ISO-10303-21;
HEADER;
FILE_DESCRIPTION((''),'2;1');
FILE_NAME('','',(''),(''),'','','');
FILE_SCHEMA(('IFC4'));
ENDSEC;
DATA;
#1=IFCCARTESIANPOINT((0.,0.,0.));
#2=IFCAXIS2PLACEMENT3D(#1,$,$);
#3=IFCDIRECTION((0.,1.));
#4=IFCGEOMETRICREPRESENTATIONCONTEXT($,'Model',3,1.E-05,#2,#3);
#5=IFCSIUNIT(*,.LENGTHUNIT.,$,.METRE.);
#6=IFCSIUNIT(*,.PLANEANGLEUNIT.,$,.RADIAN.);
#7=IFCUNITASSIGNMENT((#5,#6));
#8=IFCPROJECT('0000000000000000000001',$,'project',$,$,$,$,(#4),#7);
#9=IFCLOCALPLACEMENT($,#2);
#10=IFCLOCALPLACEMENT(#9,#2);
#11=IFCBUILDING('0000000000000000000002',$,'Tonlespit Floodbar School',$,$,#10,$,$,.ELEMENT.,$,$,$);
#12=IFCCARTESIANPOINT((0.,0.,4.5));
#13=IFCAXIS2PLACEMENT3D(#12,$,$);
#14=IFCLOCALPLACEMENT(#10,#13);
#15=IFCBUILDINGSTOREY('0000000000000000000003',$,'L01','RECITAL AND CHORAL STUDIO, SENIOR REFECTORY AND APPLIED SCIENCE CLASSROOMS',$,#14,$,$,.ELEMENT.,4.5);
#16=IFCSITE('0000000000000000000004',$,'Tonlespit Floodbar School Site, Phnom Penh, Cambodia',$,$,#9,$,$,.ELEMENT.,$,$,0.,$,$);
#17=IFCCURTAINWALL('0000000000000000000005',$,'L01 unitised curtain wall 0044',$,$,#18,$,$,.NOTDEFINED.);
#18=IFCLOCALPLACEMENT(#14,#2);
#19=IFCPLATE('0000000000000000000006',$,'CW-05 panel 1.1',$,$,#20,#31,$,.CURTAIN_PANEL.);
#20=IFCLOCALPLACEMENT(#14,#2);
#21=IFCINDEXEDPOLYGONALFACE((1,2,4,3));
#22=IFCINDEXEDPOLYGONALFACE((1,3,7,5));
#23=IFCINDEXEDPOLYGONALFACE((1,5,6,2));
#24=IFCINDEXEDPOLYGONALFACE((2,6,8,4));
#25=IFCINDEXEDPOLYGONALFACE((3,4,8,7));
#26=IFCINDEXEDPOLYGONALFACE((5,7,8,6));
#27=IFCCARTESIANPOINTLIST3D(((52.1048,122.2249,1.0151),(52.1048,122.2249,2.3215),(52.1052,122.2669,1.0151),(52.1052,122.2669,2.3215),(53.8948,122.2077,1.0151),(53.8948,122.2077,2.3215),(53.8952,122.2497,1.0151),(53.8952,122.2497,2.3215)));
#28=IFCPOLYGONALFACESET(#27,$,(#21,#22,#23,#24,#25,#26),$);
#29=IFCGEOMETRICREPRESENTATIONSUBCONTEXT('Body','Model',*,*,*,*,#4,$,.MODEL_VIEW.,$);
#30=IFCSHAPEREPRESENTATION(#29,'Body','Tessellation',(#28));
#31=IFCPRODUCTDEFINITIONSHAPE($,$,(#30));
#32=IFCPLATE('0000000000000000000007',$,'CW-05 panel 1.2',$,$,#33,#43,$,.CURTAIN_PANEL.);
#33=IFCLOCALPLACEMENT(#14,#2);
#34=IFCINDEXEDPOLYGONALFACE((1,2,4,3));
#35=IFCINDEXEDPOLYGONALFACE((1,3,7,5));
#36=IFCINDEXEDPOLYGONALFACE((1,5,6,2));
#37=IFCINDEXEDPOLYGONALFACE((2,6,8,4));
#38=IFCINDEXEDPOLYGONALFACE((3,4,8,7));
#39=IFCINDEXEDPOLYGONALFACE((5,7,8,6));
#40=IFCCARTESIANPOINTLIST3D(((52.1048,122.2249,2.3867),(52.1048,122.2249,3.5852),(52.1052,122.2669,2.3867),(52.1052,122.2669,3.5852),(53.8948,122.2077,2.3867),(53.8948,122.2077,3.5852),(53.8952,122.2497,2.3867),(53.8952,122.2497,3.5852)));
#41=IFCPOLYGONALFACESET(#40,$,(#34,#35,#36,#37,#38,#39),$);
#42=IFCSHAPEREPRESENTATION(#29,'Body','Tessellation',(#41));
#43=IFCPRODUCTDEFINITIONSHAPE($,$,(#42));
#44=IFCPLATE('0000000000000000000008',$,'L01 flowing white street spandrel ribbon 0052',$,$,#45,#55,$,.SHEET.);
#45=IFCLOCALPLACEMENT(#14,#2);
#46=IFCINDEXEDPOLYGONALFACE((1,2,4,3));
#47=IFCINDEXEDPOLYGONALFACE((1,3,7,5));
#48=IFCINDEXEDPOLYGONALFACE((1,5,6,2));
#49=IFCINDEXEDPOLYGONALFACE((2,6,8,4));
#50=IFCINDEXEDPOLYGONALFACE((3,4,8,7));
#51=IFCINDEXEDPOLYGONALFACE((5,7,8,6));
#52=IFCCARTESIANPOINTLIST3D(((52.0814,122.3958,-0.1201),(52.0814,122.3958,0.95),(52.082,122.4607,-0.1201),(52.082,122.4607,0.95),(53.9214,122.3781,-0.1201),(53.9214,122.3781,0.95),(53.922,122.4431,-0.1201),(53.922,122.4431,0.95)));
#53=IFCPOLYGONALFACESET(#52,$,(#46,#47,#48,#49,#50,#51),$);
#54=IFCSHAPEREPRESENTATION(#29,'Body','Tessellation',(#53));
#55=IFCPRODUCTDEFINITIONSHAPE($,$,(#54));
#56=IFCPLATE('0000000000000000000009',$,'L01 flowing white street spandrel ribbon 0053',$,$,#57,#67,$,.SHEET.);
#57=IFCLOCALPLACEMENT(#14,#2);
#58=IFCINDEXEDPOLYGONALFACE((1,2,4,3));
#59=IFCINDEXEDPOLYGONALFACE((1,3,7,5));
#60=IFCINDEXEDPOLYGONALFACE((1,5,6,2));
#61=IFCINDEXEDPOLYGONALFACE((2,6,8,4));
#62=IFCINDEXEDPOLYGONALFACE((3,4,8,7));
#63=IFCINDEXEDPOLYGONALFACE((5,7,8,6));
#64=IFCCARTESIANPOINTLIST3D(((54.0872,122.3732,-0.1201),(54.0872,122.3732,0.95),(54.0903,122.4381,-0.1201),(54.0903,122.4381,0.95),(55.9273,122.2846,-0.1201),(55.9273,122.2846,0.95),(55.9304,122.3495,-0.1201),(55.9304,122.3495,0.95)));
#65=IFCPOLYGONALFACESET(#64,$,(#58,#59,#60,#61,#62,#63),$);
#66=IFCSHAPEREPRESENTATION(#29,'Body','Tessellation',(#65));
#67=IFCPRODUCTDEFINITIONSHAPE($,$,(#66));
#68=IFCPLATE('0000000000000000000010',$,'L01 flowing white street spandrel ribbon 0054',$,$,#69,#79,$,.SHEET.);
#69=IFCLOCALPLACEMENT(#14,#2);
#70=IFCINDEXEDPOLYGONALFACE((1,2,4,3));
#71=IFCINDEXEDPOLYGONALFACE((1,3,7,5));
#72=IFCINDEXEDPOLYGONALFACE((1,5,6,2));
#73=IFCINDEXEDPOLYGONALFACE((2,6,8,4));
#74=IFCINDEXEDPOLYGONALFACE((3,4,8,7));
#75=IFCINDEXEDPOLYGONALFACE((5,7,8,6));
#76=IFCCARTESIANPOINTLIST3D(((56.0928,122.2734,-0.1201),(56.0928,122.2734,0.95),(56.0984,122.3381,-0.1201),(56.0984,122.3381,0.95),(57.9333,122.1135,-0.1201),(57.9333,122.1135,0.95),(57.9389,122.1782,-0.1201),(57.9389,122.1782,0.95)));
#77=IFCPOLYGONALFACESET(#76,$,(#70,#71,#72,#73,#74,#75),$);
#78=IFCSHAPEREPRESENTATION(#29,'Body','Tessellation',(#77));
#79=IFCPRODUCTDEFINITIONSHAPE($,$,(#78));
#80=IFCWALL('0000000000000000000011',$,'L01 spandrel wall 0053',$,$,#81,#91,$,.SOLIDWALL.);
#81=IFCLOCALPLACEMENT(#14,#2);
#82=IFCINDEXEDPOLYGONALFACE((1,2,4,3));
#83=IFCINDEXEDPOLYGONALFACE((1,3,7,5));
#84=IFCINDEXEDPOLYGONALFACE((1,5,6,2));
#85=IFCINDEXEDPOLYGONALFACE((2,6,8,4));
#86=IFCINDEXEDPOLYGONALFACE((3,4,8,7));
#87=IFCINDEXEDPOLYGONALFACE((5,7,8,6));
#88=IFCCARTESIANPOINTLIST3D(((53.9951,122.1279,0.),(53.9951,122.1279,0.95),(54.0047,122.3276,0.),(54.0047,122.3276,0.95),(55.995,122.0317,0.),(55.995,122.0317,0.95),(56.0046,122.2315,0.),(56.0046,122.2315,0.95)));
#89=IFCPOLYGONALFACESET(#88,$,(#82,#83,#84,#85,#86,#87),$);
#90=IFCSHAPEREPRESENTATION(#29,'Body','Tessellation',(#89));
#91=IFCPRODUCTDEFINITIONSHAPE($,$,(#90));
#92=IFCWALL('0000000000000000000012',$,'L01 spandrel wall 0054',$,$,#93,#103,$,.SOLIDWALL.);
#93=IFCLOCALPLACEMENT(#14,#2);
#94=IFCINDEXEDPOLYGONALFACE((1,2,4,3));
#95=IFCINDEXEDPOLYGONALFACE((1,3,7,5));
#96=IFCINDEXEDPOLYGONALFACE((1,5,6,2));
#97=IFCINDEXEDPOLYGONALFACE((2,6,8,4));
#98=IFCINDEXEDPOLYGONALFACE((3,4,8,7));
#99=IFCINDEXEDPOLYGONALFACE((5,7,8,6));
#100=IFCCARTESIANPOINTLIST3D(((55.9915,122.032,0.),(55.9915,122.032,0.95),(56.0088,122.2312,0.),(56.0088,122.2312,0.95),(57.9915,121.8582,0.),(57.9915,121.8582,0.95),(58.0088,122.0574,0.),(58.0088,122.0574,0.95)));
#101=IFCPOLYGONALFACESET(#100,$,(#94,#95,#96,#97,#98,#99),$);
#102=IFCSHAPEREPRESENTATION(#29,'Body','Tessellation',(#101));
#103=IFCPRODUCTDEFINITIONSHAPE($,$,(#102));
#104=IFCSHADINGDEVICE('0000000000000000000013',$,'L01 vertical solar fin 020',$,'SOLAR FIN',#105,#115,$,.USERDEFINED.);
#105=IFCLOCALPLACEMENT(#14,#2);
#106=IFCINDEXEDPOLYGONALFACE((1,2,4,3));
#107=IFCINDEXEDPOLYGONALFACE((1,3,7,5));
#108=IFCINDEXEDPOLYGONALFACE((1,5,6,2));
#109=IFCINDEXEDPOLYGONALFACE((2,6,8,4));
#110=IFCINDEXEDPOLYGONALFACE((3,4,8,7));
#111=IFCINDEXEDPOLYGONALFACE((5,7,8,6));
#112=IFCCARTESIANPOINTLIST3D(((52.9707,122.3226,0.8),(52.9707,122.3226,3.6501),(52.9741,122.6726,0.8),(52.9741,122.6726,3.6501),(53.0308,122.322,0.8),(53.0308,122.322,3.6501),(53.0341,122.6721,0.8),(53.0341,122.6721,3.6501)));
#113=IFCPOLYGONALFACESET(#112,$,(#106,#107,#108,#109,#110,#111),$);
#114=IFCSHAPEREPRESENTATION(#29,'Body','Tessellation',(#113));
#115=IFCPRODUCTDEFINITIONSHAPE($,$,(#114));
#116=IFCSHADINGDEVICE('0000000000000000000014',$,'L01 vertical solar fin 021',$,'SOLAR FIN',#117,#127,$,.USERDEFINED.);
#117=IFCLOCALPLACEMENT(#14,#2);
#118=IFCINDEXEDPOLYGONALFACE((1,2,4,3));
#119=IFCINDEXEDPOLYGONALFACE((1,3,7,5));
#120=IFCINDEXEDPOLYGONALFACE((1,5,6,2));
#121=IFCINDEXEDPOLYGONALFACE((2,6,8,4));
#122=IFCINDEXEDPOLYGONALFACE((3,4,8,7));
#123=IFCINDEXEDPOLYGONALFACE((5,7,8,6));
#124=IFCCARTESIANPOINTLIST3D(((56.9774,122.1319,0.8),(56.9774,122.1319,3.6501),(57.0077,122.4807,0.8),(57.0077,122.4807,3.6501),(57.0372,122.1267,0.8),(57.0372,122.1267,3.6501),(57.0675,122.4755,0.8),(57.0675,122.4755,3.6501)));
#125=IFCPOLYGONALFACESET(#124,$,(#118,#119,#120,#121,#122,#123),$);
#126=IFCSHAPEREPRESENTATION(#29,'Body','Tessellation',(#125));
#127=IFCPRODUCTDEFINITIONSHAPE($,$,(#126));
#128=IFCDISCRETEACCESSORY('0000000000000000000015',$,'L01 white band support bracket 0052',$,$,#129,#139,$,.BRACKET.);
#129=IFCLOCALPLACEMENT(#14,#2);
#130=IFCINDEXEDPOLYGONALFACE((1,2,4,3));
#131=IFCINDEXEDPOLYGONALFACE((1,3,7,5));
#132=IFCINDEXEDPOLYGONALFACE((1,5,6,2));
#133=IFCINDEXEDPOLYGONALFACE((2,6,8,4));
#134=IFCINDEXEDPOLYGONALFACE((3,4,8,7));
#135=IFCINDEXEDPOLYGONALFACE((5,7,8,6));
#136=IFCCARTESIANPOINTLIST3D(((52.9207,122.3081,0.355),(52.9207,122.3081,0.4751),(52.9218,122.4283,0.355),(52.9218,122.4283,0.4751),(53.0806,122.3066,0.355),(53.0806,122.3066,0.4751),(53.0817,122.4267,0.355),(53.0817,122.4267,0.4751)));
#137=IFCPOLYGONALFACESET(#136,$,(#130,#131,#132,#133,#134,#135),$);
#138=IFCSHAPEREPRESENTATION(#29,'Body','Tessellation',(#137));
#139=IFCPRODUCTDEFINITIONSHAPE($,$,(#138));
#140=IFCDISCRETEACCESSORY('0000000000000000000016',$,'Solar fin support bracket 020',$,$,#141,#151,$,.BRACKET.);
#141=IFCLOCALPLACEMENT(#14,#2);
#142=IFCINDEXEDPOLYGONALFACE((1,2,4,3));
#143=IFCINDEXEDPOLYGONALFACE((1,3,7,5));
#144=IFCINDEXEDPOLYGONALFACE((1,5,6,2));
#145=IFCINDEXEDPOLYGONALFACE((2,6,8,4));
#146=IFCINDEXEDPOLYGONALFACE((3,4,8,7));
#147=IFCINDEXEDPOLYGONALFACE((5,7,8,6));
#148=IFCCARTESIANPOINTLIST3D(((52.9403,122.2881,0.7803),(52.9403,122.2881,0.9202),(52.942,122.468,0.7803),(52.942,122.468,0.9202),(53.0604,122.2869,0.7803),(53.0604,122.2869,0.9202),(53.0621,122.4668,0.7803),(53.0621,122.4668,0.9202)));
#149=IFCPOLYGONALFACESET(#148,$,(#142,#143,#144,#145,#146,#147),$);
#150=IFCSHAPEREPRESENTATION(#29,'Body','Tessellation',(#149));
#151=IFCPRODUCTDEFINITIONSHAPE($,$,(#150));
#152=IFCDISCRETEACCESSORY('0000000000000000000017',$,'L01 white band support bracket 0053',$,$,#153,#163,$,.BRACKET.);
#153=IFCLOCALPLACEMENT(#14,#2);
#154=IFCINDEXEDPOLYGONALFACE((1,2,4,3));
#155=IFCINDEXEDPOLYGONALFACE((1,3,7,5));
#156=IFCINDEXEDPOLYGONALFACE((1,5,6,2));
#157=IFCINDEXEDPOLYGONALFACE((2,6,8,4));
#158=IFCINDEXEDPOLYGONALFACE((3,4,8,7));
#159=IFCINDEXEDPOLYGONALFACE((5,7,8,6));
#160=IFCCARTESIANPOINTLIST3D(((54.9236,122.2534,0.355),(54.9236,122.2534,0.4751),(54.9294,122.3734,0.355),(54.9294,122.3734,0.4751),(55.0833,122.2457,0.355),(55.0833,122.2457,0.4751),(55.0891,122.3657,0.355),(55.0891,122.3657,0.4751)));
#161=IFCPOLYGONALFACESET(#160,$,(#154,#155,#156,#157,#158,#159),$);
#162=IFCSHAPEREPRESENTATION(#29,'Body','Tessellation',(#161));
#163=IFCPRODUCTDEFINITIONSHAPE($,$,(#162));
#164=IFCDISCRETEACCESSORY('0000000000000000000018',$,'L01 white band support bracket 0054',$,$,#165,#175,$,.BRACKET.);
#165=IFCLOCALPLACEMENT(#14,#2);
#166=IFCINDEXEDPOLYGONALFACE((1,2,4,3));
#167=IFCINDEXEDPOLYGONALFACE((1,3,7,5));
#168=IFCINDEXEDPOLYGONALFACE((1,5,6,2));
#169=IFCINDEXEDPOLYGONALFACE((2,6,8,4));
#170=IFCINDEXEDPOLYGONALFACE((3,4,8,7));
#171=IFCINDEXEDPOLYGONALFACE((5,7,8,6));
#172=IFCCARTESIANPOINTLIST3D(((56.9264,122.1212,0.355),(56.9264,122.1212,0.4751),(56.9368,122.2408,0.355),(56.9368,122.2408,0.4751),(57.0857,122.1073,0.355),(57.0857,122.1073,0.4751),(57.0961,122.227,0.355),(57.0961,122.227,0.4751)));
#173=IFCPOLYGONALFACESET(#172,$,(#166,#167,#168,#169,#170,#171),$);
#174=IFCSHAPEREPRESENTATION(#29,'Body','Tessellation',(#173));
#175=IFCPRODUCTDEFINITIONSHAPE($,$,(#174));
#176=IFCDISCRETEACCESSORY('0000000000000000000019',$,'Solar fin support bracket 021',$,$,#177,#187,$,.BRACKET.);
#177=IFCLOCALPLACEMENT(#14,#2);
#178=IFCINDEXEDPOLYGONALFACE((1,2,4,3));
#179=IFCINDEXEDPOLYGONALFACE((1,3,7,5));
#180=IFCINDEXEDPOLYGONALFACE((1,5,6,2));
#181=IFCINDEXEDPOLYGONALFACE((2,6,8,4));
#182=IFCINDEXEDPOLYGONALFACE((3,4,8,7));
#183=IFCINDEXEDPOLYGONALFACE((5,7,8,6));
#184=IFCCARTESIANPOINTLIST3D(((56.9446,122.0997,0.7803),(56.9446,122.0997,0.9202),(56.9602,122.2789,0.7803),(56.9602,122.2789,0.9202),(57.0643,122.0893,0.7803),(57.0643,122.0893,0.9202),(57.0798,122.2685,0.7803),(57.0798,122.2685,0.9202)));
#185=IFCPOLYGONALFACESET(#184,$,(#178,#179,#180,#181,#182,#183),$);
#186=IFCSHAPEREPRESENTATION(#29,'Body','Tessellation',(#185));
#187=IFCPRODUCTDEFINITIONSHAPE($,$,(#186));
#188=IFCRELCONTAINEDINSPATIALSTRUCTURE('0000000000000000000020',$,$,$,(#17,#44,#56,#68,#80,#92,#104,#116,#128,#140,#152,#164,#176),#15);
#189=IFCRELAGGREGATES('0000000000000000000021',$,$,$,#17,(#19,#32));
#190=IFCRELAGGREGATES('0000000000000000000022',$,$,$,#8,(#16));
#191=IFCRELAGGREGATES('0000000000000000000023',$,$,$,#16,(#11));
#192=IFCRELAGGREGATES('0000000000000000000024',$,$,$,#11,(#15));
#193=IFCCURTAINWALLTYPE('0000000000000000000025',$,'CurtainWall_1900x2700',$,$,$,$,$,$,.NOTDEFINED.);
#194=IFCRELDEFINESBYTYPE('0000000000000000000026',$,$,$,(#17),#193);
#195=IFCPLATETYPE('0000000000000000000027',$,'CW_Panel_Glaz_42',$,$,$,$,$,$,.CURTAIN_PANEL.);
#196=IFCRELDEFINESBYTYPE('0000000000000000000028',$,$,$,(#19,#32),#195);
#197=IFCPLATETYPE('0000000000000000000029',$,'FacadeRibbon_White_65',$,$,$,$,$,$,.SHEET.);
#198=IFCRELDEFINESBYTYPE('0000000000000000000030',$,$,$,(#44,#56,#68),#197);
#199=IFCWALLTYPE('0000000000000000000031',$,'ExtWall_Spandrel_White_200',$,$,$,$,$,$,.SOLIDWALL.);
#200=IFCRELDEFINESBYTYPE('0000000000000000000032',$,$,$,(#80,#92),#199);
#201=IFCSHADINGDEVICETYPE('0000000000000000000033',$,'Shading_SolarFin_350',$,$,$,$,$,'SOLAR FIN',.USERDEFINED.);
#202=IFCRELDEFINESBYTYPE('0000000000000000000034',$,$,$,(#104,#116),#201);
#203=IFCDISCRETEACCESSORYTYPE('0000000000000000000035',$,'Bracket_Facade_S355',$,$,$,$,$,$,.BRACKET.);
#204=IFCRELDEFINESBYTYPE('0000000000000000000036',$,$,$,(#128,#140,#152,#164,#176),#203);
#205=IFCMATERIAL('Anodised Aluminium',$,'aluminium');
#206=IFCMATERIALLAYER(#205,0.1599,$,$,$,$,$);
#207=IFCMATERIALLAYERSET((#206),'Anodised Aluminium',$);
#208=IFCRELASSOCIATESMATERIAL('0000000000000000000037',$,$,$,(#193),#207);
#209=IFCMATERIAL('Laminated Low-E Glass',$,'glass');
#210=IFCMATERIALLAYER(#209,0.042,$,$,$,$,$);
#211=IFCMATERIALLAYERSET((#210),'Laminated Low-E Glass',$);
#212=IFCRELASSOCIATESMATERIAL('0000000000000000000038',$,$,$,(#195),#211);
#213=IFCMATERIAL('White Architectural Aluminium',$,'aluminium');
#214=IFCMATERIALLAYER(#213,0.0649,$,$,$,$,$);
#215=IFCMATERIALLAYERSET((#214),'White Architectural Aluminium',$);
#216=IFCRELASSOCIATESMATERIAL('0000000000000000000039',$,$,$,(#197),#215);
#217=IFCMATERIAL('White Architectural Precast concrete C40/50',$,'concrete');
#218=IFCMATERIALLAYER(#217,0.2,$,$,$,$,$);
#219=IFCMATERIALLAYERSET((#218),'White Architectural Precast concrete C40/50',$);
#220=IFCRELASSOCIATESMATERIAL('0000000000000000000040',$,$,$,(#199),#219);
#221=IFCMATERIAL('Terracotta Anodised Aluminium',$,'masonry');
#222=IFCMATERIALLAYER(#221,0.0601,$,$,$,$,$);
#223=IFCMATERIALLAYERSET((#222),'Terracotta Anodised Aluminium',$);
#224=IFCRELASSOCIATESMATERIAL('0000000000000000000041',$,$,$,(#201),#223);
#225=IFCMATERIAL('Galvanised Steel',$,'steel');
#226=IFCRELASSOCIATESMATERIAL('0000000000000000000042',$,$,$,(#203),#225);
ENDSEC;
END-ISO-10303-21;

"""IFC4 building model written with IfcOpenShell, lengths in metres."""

from ifc_helpers import new_model, si_unit, direction, frame, frame_2d, origin, origin_2d, place, context, subcontext, project, spatial, rectangle, extrude, material, layer, layer_set, type_object, element, aggregate, save


model = new_model("IFC4")

# Units and contexts
model_context = context("Model", 3, precision=1e-05, world=origin(), true_north=direction((0.0, 1.0)))
body_context = subcontext(model_context, "Body", "Model", "MODEL_VIEW")
ifc_project = project(units=[si_unit("LENGTHUNIT", "METRE"), si_unit("PLANEANGLEUNIT", "RADIAN")], contexts=[model_context])

# Site, building, storey
site_placement = place(None, origin())
site = spatial("IfcSite", under=ifc_project, at=site_placement, Name="Tonlespit Floodbar School Site, Phnom Penh, Cambodia", CompositionType="ELEMENT", RefElevation=0.0)
building_placement = place(site_placement, origin())
building = spatial("IfcBuilding", under=site, at=building_placement, Name="Tonlespit Floodbar School", CompositionType="ELEMENT")
storey_placement = place(building_placement, frame((0.0, 0.0, 4.5)))
storey = spatial("IfcBuildingStorey", under=building, at=storey_placement, Name="L01", Description="RECITAL AND CHORAL STUDIO, SENIOR REFECTORY AND APPLIED SCIENCE CLASSROOMS", CompositionType="ELEMENT", Elevation=4.5)

# Curtain wall
ifc_material_1 = material(Name="Anodised Aluminium", Category="aluminium")
ifc_layer_1 = layer(ifc_material_1, 0.1599)
ifc_layer_set_1 = layer_set([ifc_layer_1], Name="Anodised Aluminium")
curtain_wall_type_1 = type_object("IfcCurtainWallType", Name="CurtainWall_1900x2700", PredefinedType="NOTDEFINED", material=ifc_layer_set_1)
curtain_wall_1_placement = place(storey_placement, origin())
curtain_wall_1 = element("IfcCurtainWall", 1, at=curtain_wall_1_placement, inside=storey, type_object=curtain_wall_type_1, Name="L01 unitised curtain wall 0044", PredefinedType="NOTDEFINED")

# Plates
ifc_material_2 = material(Name="Laminated Low-E Glass", Category="glass")
ifc_layer_2 = layer(ifc_material_2, 0.042)
ifc_layer_set_2 = layer_set([ifc_layer_2], Name="Laminated Low-E Glass")
plate_type_1 = type_object("IfcPlateType", Name="CW_Panel_Glaz_42", PredefinedType="CURTAIN_PANEL", material=ifc_layer_set_2)
plate_1_placement = place(storey_placement, frame((53.0, 122.2373, 1.0151), z_axis=(0.0, 0.0, 1.0), x_axis=(0.999954, -0.009583, 0.0)))
plate_1 = element("IfcPlate", 2, at=plate_1_placement, type_object=plate_type_1, Name="CW-05 panel 1.1", PredefinedType="CURTAIN_PANEL", context=body_context, shape_type="SweptSolid", body=[
    extrude(rectangle(XDim=1.79, YDim=0.042, at=origin_2d()), origin(), (0.0, 0.0, 1.0), 1.3064),
])
plate_2_placement = place(storey_placement, frame((53.0, 122.2373, 2.3867), z_axis=(0.0, 0.0, 1.0), x_axis=(0.999954, -0.009583, 0.0)))
plate_2 = element("IfcPlate", 3, at=plate_2_placement, type_object=plate_type_1, Name="CW-05 panel 1.2", PredefinedType="CURTAIN_PANEL", context=body_context, shape_type="SweptSolid", body=[
    extrude(rectangle(XDim=1.79, YDim=0.042, at=origin_2d()), origin(), (0.0, 0.0, 1.0), 1.1985),
])
aggregate(curtain_wall_1, [plate_1, plate_2])

# Plates
ifc_material_3 = material(Name="White Architectural Aluminium", Category="aluminium")
ifc_layer_3 = layer(ifc_material_3, 0.0649)
ifc_layer_set_3 = layer_set([ifc_layer_3], Name="White Architectural Aluminium")
plate_type_2 = type_object("IfcPlateType", Name="FacadeRibbon_White_65", PredefinedType="SHEET", material=ifc_layer_set_3)
plate_3_placement = place(storey_placement, frame((53.0017, 122.4194, -0.1201), z_axis=(0.0, 0.0, 1.0), x_axis=(0.999954, -0.009599, 0.0)))
element("IfcPlate", 4, at=plate_3_placement, inside=storey, type_object=plate_type_2, Name="L01 flowing white street spandrel ribbon 0052", PredefinedType="SHEET", context=body_context, shape_type="SweptSolid", body=[
    extrude(rectangle(XDim=1.8401, YDim=0.0649, at=origin_2d()), origin(), (0.0, 0.0, 1.0), 1.0701),
])
plate_4_placement = place(storey_placement, frame((55.0088, 122.3613, -0.1201), z_axis=(0.0, 0.0, 1.0), x_axis=(0.998843, -0.048095, 0.0)))
element("IfcPlate", 5, at=plate_4_placement, inside=storey, type_object=plate_type_2, Name="L01 flowing white street spandrel ribbon 0053", PredefinedType="SHEET", context=body_context, shape_type="SweptSolid", body=[
    extrude(rectangle(XDim=1.8423, YDim=0.0649, at=origin_2d()), origin(), (0.0, 0.0, 1.0), 1.0701),
])
plate_5_placement = place(storey_placement, frame((57.0159, 122.2258, -0.1201), z_axis=(0.0, 0.0, 1.0), x_axis=(0.996245, -0.086573, 0.0)))
element("IfcPlate", 6, at=plate_5_placement, inside=storey, type_object=plate_type_2, Name="L01 flowing white street spandrel ribbon 0054", PredefinedType="SHEET", context=body_context, shape_type="SweptSolid", body=[
    extrude(rectangle(XDim=1.8474, YDim=0.0649, at=origin_2d()), origin(), (0.0, 0.0, 1.0), 1.0701),
])

# Walls
ifc_material_4 = material(Name="White Architectural Precast concrete C40/50", Category="concrete")
ifc_layer_4 = layer(ifc_material_4, 0.2)
ifc_layer_set_4 = layer_set([ifc_layer_4], Name="White Architectural Precast concrete C40/50")
wall_type = type_object("IfcWallType", Name="ExtWall_Spandrel_White_200", PredefinedType="SOLIDWALL", material=ifc_layer_set_4)
wall_1_placement = place(storey_placement, frame((54.0, 122.2278, 0.0), z_axis=(0.0, 0.0, 1.0), x_axis=(0.998845, -0.04804, 0.0)))
element("IfcWall", 7, at=wall_1_placement, inside=storey, type_object=wall_type, Name="L01 spandrel wall 0053", PredefinedType="SOLIDWALL", context=body_context, shape_type="SweptSolid", body=[
    extrude(rectangle(XDim=2.0022, YDim=0.2, at=frame_2d((1.001, 0.0))), origin(), (0.0, 0.0, 1.0), 0.95),
])
wall_2_placement = place(storey_placement, frame((56.0, 122.1316, 0.0), z_axis=(0.0, 0.0, 1.0), x_axis=(0.996244, -0.086588, 0.0)))
element("IfcWall", 8, at=wall_2_placement, inside=storey, type_object=wall_type, Name="L01 spandrel wall 0054", PredefinedType="SOLIDWALL", context=body_context, shape_type="SweptSolid", body=[
    extrude(rectangle(XDim=2.0076, YDim=0.2, at=frame_2d((1.0039, 0.0))), origin(), (0.0, 0.0, 1.0), 0.95),
])

# Shading devices
ifc_material_5 = material(Name="Terracotta Anodised Aluminium", Category="masonry")
ifc_layer_5 = layer(ifc_material_5, 0.0601)
ifc_layer_set_5 = layer_set([ifc_layer_5], Name="Terracotta Anodised Aluminium")
shading_device_type = type_object("IfcShadingDeviceType", Name="Shading_SolarFin_350", ElementType="SOLAR FIN", PredefinedType="USERDEFINED", material=ifc_layer_set_5)
for number, where, z_axis, x_axis, name in (
    (9, (53.0024, 122.4973, 0.8), (0.0, 0.0, 1.0), (0.999954, -0.009599, 0.0), "L01 vertical solar fin 020"),
    (10, (57.0225, 122.3037, 0.8), (0.0, 0.0, 1.0), (0.996245, -0.086573, 0.0), "L01 vertical solar fin 021"),
):
    element("IfcShadingDevice", number, at=place(storey_placement, frame(where, z_axis=z_axis, x_axis=x_axis)), inside=storey, type_object=shading_device_type, Name=name, ObjectType="SOLAR FIN", PredefinedType="USERDEFINED", context=body_context, shape_type="SweptSolid", body=[
        extrude(rectangle(XDim=0.0601, YDim=0.3501, at=origin_2d()), origin(), (0.0, 0.0, 1.0), 2.8501),
    ])

# Discrete accessories
ifc_material_6 = material(Name="Galvanised Steel", Category="steel")
discrete_accessory_type = type_object("IfcDiscreteAccessoryType", Name="Bracket_Facade_S355", PredefinedType="BRACKET", material=ifc_material_6)
discrete_accessory_1_placement = place(storey_placement, frame((53.0012, 122.3674, 0.355), z_axis=(0.0, 0.0, 1.0), x_axis=(0.999954, -0.009599, 0.0)))
element("IfcDiscreteAccessory", 11, at=discrete_accessory_1_placement, inside=storey, type_object=discrete_accessory_type, Name="L01 white band support bracket 0052", PredefinedType="BRACKET", context=body_context, shape_type="SweptSolid", body=[
    extrude(rectangle(XDim=0.1599, YDim=0.1201, at=origin_2d()), origin(), (0.0, 0.0, 1.0), 0.1201),
])
discrete_accessory_2_placement = place(storey_placement, frame((53.0012, 122.3774, 0.7803), z_axis=(0.0, 0.0, 1.0), x_axis=(0.999954, -0.009599, 0.0)))
element("IfcDiscreteAccessory", 12, at=discrete_accessory_2_placement, inside=storey, type_object=discrete_accessory_type, Name="Solar fin support bracket 020", PredefinedType="BRACKET", context=body_context, shape_type="SweptSolid", body=[
    extrude(rectangle(XDim=0.1201, YDim=0.1799, at=origin_2d()), origin(), (0.0, 0.0, 1.0), 0.1399),
])
for number, where, z_axis, x_axis, name in (
    (13, (55.0063, 122.3096, 0.355), (0.0, 0.0, 1.0), (0.998843, -0.048095, 0.0), "L01 white band support bracket 0053"),
    (14, (57.0112, 122.1741, 0.355), (0.0, 0.0, 1.0), (0.996245, -0.086573, 0.0), "L01 white band support bracket 0054"),
):
    element("IfcDiscreteAccessory", number, at=place(storey_placement, frame(where, z_axis=z_axis, x_axis=x_axis)), inside=storey, type_object=discrete_accessory_type, Name=name, PredefinedType="BRACKET", context=body_context, shape_type="SweptSolid", body=[
        extrude(rectangle(XDim=0.1599, YDim=0.1201, at=origin_2d()), origin(), (0.0, 0.0, 1.0), 0.1201),
    ])
discrete_accessory_3_placement = place(storey_placement, frame((57.0122, 122.1841, 0.7803), z_axis=(0.0, 0.0, 1.0), x_axis=(0.996245, -0.086573, 0.0)))
element("IfcDiscreteAccessory", 15, at=discrete_accessory_3_placement, inside=storey, type_object=discrete_accessory_type, Name="Solar fin support bracket 021", PredefinedType="BRACKET", context=body_context, shape_type="SweptSolid", body=[
    extrude(rectangle(XDim=0.1201, YDim=0.1799, at=origin_2d()), origin(), (0.0, 0.0, 1.0), 0.1399),
])

save(model, "model.ifc")
